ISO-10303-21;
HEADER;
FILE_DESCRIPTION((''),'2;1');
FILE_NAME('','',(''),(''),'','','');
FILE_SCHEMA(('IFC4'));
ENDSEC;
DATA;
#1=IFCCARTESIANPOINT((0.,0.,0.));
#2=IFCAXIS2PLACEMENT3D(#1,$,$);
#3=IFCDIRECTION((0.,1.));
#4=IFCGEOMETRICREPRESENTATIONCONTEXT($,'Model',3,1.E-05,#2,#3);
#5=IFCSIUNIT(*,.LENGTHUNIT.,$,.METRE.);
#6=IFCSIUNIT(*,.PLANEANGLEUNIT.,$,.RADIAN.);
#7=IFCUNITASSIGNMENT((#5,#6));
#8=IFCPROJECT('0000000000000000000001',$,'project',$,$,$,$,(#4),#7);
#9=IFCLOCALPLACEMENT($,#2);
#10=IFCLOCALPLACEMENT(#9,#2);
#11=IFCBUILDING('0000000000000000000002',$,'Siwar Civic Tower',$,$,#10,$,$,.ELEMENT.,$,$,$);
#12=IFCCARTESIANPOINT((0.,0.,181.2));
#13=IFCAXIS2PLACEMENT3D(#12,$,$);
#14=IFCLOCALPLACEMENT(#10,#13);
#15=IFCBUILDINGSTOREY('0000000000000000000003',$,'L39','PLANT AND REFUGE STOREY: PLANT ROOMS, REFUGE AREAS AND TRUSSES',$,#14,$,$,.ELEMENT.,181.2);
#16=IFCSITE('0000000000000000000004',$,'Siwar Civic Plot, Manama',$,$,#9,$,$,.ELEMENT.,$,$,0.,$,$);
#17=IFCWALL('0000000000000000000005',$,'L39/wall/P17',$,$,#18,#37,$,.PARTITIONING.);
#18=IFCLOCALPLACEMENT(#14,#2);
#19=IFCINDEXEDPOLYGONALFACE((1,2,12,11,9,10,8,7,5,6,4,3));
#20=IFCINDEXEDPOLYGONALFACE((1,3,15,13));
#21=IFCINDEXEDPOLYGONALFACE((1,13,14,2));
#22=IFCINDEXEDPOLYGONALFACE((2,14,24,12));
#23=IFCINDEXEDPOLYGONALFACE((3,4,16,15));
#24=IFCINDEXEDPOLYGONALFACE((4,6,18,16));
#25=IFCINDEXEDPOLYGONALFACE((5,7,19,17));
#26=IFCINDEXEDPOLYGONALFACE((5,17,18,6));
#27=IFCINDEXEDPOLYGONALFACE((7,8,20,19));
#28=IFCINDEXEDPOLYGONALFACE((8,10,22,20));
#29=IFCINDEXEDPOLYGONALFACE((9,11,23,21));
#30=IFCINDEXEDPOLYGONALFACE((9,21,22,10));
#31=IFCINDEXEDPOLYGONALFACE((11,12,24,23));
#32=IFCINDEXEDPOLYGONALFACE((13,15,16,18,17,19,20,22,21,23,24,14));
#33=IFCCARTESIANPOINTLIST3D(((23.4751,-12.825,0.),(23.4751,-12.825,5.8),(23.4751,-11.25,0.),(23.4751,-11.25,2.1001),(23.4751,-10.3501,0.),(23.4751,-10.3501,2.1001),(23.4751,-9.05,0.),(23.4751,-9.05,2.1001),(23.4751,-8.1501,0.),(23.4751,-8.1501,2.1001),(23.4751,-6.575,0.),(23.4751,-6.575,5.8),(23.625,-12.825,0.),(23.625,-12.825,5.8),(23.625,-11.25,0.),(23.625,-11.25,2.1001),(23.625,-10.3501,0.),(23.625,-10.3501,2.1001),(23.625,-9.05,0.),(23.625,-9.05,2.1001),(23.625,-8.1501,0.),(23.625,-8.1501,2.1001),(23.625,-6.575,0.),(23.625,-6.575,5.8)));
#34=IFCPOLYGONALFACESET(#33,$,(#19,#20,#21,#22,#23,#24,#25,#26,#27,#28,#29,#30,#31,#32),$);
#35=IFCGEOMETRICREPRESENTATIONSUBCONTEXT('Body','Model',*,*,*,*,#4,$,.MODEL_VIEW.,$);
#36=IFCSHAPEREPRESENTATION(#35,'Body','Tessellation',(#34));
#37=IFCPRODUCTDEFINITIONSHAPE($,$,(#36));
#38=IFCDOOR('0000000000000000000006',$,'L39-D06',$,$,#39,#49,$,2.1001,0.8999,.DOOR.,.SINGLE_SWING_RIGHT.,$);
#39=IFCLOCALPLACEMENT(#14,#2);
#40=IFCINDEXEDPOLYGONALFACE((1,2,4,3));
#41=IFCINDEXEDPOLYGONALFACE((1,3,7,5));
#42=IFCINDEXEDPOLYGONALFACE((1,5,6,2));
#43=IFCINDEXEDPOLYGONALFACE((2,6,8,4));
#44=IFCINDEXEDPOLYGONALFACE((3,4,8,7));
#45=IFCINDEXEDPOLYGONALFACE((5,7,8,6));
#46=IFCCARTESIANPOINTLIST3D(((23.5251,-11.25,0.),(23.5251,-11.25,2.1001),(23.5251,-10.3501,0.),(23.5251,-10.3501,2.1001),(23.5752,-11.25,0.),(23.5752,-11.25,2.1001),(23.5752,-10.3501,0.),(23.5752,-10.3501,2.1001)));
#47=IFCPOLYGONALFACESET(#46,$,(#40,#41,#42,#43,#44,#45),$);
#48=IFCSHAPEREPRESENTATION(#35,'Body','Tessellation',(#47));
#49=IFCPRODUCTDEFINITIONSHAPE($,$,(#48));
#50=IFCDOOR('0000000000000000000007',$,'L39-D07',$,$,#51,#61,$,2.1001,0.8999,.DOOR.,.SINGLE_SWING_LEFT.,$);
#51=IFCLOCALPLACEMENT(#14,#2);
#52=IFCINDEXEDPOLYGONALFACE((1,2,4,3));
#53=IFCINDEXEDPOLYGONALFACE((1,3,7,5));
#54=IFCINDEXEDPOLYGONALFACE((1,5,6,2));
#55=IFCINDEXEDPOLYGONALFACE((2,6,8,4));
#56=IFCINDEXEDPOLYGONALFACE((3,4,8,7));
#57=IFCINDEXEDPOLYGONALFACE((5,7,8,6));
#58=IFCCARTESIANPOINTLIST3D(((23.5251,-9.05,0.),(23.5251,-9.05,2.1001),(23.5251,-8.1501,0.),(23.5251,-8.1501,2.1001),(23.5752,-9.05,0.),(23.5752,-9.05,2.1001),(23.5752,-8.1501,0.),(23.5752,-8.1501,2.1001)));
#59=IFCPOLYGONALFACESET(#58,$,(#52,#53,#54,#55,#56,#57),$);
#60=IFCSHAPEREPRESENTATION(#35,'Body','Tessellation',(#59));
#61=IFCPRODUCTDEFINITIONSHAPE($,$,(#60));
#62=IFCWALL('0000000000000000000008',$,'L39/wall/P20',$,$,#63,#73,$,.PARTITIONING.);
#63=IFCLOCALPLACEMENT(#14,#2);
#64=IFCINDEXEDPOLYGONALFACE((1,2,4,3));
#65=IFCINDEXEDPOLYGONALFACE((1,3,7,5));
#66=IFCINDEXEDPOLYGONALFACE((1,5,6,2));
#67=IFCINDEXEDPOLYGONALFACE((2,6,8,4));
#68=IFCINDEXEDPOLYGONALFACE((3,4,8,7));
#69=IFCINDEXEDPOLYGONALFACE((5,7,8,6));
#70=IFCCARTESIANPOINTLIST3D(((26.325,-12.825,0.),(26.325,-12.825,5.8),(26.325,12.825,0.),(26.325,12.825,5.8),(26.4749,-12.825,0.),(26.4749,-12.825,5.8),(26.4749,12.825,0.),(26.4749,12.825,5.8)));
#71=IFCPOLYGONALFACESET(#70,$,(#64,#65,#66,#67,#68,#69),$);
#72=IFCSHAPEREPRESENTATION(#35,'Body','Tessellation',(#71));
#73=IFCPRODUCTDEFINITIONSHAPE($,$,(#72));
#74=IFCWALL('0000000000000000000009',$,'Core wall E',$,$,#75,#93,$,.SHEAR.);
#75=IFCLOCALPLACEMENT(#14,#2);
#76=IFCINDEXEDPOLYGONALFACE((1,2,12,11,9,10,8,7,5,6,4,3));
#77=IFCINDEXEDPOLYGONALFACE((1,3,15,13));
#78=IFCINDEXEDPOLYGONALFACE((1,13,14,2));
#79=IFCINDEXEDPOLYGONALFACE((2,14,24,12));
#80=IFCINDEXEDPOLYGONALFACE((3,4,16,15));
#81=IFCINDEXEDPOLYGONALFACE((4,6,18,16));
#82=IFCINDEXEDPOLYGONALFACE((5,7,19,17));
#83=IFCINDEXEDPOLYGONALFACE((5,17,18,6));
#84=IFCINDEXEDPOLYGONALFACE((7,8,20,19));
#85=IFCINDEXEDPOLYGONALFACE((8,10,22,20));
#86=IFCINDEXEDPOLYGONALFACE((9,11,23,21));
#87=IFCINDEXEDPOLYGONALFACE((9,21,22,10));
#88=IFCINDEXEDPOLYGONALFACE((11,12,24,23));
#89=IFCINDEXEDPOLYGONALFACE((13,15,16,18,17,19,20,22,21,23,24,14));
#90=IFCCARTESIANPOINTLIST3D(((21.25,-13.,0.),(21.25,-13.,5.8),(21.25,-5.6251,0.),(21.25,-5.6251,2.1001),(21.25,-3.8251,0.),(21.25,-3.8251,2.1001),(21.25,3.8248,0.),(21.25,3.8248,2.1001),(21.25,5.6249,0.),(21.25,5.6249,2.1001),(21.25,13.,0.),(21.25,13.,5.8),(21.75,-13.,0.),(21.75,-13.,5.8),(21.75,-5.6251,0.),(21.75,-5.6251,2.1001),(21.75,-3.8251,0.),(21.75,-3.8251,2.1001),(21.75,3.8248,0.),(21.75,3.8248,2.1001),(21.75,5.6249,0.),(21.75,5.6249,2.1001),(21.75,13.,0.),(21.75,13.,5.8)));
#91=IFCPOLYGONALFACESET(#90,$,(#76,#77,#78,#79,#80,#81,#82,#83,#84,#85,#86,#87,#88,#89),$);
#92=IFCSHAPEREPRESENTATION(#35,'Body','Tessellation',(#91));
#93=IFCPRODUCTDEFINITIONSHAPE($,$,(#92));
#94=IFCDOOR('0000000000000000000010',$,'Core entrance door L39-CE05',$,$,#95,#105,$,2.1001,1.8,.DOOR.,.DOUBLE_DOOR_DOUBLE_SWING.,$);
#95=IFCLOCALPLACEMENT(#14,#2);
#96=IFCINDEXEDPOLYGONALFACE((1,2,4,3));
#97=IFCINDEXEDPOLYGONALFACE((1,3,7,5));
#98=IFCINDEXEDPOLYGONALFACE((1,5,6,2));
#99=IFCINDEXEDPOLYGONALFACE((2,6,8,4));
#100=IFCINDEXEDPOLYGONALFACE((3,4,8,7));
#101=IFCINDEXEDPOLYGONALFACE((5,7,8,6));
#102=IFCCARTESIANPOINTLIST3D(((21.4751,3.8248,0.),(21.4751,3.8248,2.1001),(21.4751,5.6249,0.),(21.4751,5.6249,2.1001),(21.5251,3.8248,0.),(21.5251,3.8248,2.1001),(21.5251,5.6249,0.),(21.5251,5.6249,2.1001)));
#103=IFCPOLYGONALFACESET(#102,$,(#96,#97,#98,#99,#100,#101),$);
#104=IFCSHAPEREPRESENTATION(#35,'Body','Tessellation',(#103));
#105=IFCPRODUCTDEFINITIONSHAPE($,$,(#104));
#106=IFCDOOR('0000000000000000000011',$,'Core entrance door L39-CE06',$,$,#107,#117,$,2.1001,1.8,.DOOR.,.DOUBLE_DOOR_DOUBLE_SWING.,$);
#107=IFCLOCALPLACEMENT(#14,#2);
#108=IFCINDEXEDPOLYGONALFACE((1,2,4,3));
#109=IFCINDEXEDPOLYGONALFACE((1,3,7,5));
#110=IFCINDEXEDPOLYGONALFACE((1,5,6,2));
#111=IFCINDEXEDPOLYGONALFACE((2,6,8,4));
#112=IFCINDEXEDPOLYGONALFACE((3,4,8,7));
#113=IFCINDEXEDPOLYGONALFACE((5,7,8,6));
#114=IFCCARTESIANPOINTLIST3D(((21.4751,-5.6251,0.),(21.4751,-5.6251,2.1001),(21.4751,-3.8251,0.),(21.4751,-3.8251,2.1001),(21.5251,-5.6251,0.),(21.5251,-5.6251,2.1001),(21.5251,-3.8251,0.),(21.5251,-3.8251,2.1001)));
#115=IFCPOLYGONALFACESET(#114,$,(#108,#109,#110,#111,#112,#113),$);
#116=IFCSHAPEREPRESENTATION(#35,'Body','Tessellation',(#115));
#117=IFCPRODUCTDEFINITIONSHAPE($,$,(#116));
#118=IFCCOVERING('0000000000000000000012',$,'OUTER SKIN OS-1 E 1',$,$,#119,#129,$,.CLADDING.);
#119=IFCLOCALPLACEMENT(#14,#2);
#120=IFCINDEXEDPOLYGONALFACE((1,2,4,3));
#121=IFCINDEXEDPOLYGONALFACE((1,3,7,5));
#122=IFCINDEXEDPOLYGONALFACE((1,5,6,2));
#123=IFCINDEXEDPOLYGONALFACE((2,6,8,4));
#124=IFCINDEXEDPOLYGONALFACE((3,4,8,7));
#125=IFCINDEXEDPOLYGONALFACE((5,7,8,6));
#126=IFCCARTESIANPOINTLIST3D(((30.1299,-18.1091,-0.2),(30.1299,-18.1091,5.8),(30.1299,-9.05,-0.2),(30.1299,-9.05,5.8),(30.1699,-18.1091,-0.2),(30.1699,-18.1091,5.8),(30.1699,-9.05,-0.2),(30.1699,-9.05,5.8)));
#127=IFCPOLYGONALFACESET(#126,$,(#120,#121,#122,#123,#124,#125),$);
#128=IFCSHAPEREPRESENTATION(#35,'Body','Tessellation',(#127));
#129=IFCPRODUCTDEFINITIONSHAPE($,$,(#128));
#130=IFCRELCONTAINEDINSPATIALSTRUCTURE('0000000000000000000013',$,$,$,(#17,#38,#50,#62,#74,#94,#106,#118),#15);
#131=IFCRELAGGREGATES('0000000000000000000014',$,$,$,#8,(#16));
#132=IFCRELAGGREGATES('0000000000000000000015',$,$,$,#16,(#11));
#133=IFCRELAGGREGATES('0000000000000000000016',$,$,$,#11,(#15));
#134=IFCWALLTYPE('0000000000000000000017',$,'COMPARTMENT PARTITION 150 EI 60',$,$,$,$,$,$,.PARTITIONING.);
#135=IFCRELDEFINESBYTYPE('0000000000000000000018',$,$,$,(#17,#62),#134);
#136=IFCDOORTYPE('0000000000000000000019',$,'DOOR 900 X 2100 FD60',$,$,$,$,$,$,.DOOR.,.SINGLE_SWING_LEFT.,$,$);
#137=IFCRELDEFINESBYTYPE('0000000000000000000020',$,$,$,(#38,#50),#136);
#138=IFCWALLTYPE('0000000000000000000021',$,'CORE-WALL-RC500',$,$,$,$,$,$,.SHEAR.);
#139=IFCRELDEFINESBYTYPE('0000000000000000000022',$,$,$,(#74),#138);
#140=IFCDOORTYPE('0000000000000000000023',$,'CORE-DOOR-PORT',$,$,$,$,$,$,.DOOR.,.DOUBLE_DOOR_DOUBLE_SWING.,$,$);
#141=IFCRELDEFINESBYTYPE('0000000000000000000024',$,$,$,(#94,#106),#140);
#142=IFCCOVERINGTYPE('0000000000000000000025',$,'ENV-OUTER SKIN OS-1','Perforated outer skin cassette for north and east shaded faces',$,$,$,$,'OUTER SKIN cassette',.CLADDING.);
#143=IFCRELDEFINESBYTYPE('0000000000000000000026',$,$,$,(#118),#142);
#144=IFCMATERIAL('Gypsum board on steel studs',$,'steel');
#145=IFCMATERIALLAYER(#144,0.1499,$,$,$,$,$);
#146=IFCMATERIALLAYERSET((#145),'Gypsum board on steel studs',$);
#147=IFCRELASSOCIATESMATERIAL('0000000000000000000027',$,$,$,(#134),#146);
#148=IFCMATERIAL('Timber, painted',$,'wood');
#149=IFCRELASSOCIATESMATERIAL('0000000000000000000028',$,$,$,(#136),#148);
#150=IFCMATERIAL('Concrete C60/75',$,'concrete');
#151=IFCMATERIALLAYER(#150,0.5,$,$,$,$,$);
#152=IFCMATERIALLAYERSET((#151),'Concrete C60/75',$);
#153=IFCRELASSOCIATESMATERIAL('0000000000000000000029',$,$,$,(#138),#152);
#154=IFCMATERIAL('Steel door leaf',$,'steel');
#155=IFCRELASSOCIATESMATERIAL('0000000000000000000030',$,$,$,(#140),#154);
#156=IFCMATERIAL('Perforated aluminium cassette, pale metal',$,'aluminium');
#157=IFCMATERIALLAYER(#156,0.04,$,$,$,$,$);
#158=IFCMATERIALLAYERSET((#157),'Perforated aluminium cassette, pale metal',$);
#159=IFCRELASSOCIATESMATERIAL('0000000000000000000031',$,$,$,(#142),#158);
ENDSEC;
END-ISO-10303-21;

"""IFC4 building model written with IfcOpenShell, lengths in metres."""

from ifc_helpers import new_model, si_unit, direction, frame, frame_2d, origin, origin_2d, place, context, subcontext, project, spatial, rectangle, extrude, material, layer, layer_set, type_object, element, fill, save


model = new_model("IFC4")

# Units and contexts
model_context = context("Model", 3, precision=1e-05, world=origin(), true_north=direction((0.0, 1.0)))
body_context = subcontext(model_context, "Body", "Model", "MODEL_VIEW")
ifc_project = project(units=[si_unit("LENGTHUNIT", "METRE"), si_unit("PLANEANGLEUNIT", "RADIAN")], contexts=[model_context])

# Site, building, storey
site_placement = place(None, origin())
site = spatial("IfcSite", under=ifc_project, at=site_placement, Name="Siwar Civic Plot, Manama", CompositionType="ELEMENT", RefElevation=0.0)
building_placement = place(site_placement, origin())
building = spatial("IfcBuilding", under=site, at=building_placement, Name="Siwar Civic Tower", CompositionType="ELEMENT")
storey_placement = place(building_placement, frame((0.0, 0.0, 181.2)))
storey = spatial("IfcBuildingStorey", under=building, at=storey_placement, Name="L39", Description="PLANT AND REFUGE STOREY: PLANT ROOMS, REFUGE AREAS AND TRUSSES", CompositionType="ELEMENT", Elevation=181.2)

# Shared definitions
ifc_material_1 = material(Name="Gypsum board on steel studs", Category="steel")
ifc_layer_1 = layer(ifc_material_1, 0.1499)
ifc_layer_set_1 = layer_set([ifc_layer_1], Name="Gypsum board on steel studs")
wall_type_1 = type_object("IfcWallType", Name="COMPARTMENT PARTITION 150 EI 60", PredefinedType="PARTITIONING", material=ifc_layer_set_1)

# Wall, openings, doors
wall_1_placement = place(storey_placement, frame((23.55, -12.825, 0.0), z_axis=(0.0, 0.0, 1.0), x_axis=(0.0, 1.0, 0.0)))
wall_1 = element("IfcWall", 1, at=wall_1_placement, inside=storey, type_object=wall_type_1, Name="L39/wall/P17", PredefinedType="PARTITIONING", context=body_context, shape_type="SweptSolid", body=[
    extrude(rectangle(XDim=6.25, YDim=0.1499, at=frame_2d((3.125, 0.0))), origin(), (0.0, 0.0, 1.0), 5.8),
])
opening_1_placement = place(wall_1_placement, frame((1.575, 0.0, 0.0)))
opening_1 = element("IfcOpeningElement", 2, at=opening_1_placement, cuts=wall_1, PredefinedType="OPENING", context=body_context, shape_type="SweptSolid", body=[
    extrude(rectangle(XDim=0.8999, YDim=2.1001, at=frame_2d((0.45, 1.05))), frame((0.0, 0.085, 0.0), z_axis=(0.0, -1.0, 0.0), x_axis=(1.0, 0.0, 0.0)), (0.0, 0.0, 1.0), 0.1699),
])
opening_2_placement = place(wall_1_placement, frame((3.7749, 0.0, 0.0)))
opening_2 = element("IfcOpeningElement", 3, at=opening_2_placement, cuts=wall_1, PredefinedType="OPENING", context=body_context, shape_type="SweptSolid", body=[
    extrude(rectangle(XDim=0.8999, YDim=2.1001, at=frame_2d((0.45, 1.05))), frame((0.0, 0.085, 0.0), z_axis=(0.0, -1.0, 0.0), x_axis=(1.0, 0.0, 0.0)), (0.0, 0.0, 1.0), 0.1699),
])
ifc_material_2 = material(Name="Timber, painted", Category="wood")
door_type_1 = type_object("IfcDoorType", Name="DOOR 900 X 2100 FD60", OperationType="SINGLE_SWING_LEFT", PredefinedType="DOOR", material=ifc_material_2)
door_1_placement = place(opening_1_placement, origin())
door_1 = element("IfcDoor", 4, at=door_1_placement, inside=storey, type_object=door_type_1, Name="L39-D06", OperationType="SINGLE_SWING_RIGHT", OverallHeight=2.1001, OverallWidth=0.8999, PredefinedType="DOOR", context=body_context, shape_type="SweptSolid", body=[
    extrude(rectangle(XDim=0.8999, YDim=2.1001, at=frame_2d((0.45, 1.05))), frame((0.0, 0.0249, 0.0), z_axis=(0.0, -1.0, 0.0), x_axis=(1.0, 0.0, 0.0)), (0.0, 0.0, 1.0), 0.05),
])
fill(opening_1, door_1)
door_2_placement = place(opening_2_placement, origin())
door_2 = element("IfcDoor", 5, at=door_2_placement, inside=storey, type_object=door_type_1, Name="L39-D07", OperationType="SINGLE_SWING_LEFT", OverallHeight=2.1001, OverallWidth=0.8999, PredefinedType="DOOR", context=body_context, shape_type="SweptSolid", body=[
    extrude(rectangle(XDim=0.8999, YDim=2.1001, at=frame_2d((0.45, 1.05))), frame((0.0, 0.0249, 0.0), z_axis=(0.0, -1.0, 0.0), x_axis=(1.0, 0.0, 0.0)), (0.0, 0.0, 1.0), 0.05),
])
fill(opening_2, door_2)

# Wall
wall_2_placement = place(storey_placement, frame((26.3999, -12.825, 0.0), z_axis=(0.0, 0.0, 1.0), x_axis=(0.0, 1.0, 0.0)))
element("IfcWall", 6, at=wall_2_placement, inside=storey, type_object=wall_type_1, Name="L39/wall/P20", PredefinedType="PARTITIONING", context=body_context, shape_type="SweptSolid", body=[
    extrude(rectangle(XDim=25.6499, YDim=0.1499, at=frame_2d((12.825, 0.0))), origin(), (0.0, 0.0, 1.0), 5.8),
])

# Wall, openings, doors
ifc_material_3 = material(Name="Concrete C60/75", Category="concrete")
ifc_layer_2 = layer(ifc_material_3, 0.5)
ifc_layer_set_2 = layer_set([ifc_layer_2], Name="Concrete C60/75")
wall_type_2 = type_object("IfcWallType", Name="CORE-WALL-RC500", PredefinedType="SHEAR", material=ifc_layer_set_2)
wall_3_placement = place(storey_placement, frame((21.5, -13.0, 0.0), z_axis=(0.0, 0.0, 1.0), x_axis=(0.0, 1.0, 0.0)))
wall_3 = element("IfcWall", 7, at=wall_3_placement, inside=storey, type_object=wall_type_2, Name="Core wall E", PredefinedType="SHEAR", context=body_context, shape_type="SweptSolid", body=[
    extrude(rectangle(XDim=26.0, YDim=0.5, at=frame_2d((13.0, 0.0))), origin(), (0.0, 0.0, 1.0), 5.8),
])
opening_3_placement = place(wall_3_placement, frame((16.825, 0.0, 0.0)))
opening_3 = element("IfcOpeningElement", 8, at=opening_3_placement, cuts=wall_3, PredefinedType="OPENING", context=body_context, shape_type="SweptSolid", body=[
    extrude(rectangle(XDim=1.8, YDim=2.1001, at=frame_2d((0.8999, 1.05))), frame((0.0, 0.26, 0.0), z_axis=(0.0, -1.0, 0.0), x_axis=(1.0, 0.0, 0.0)), (0.0, 0.0, 1.0), 0.52),
])
opening_4_placement = place(wall_3_placement, frame((7.375, 0.0, 0.0)))
opening_4 = element("IfcOpeningElement", 9, at=opening_4_placement, cuts=wall_3, PredefinedType="OPENING", context=body_context, shape_type="SweptSolid", body=[
    extrude(rectangle(XDim=1.8, YDim=2.1001, at=frame_2d((0.8999, 1.05))), frame((0.0, 0.26, 0.0), z_axis=(0.0, -1.0, 0.0), x_axis=(1.0, 0.0, 0.0)), (0.0, 0.0, 1.0), 0.52),
])
ifc_material_4 = material(Name="Steel door leaf", Category="steel")
door_type_2 = type_object("IfcDoorType", Name="CORE-DOOR-PORT", OperationType="DOUBLE_DOOR_DOUBLE_SWING", PredefinedType="DOOR", material=ifc_material_4)
door_3_placement = place(opening_3_placement, origin())
door_3 = element("IfcDoor", 10, at=door_3_placement, inside=storey, type_object=door_type_2, Name="Core entrance door L39-CE05", OperationType="DOUBLE_DOOR_DOUBLE_SWING", OverallHeight=2.1001, OverallWidth=1.8, PredefinedType="DOOR", context=body_context, shape_type="SweptSolid", body=[
    extrude(rectangle(XDim=1.8, YDim=2.1001, at=frame_2d((0.8999, 1.05))), frame((0.0, 0.0249, 0.0), z_axis=(0.0, -1.0, 0.0), x_axis=(1.0, 0.0, 0.0)), (0.0, 0.0, 1.0), 0.05),
])
fill(opening_3, door_3)
door_4_placement = place(opening_4_placement, origin())
door_4 = element("IfcDoor", 11, at=door_4_placement, inside=storey, type_object=door_type_2, Name="Core entrance door L39-CE06", OperationType="DOUBLE_DOOR_DOUBLE_SWING", OverallHeight=2.1001, OverallWidth=1.8, PredefinedType="DOOR", context=body_context, shape_type="SweptSolid", body=[
    extrude(rectangle(XDim=1.8, YDim=2.1001, at=frame_2d((0.8999, 1.05))), frame((0.0, 0.0249, 0.0), z_axis=(0.0, -1.0, 0.0), x_axis=(1.0, 0.0, 0.0)), (0.0, 0.0, 1.0), 0.05),
])
fill(opening_4, door_4)

# Covering
ifc_material_5 = material(Name="Perforated aluminium cassette, pale metal", Category="aluminium")
ifc_layer_3 = layer(ifc_material_5, 0.04)
ifc_layer_set_3 = layer_set([ifc_layer_3], Name="Perforated aluminium cassette, pale metal")
covering_type = type_object("IfcCoveringType", Name="ENV-OUTER SKIN OS-1", Description="Perforated outer skin cassette for north and east shaded faces", ElementType="OUTER SKIN cassette", PredefinedType="CLADDING", material=ifc_layer_set_3)
covering_placement = place(storey_placement, frame((30.1499, -13.5796, -0.2), z_axis=(0.0, 0.0, 1.0), x_axis=(0.0, 1.0, 0.0)))
element("IfcCovering", 12, at=covering_placement, inside=storey, type_object=covering_type, Name="OUTER SKIN OS-1 E 1", PredefinedType="CLADDING", context=body_context, shape_type="SweptSolid", body=[
    extrude(rectangle(XDim=9.0591, YDim=0.04, at=origin_2d()), origin(), (0.0, 0.0, 1.0), 6.0),
])

save(model, "model.ifc")
